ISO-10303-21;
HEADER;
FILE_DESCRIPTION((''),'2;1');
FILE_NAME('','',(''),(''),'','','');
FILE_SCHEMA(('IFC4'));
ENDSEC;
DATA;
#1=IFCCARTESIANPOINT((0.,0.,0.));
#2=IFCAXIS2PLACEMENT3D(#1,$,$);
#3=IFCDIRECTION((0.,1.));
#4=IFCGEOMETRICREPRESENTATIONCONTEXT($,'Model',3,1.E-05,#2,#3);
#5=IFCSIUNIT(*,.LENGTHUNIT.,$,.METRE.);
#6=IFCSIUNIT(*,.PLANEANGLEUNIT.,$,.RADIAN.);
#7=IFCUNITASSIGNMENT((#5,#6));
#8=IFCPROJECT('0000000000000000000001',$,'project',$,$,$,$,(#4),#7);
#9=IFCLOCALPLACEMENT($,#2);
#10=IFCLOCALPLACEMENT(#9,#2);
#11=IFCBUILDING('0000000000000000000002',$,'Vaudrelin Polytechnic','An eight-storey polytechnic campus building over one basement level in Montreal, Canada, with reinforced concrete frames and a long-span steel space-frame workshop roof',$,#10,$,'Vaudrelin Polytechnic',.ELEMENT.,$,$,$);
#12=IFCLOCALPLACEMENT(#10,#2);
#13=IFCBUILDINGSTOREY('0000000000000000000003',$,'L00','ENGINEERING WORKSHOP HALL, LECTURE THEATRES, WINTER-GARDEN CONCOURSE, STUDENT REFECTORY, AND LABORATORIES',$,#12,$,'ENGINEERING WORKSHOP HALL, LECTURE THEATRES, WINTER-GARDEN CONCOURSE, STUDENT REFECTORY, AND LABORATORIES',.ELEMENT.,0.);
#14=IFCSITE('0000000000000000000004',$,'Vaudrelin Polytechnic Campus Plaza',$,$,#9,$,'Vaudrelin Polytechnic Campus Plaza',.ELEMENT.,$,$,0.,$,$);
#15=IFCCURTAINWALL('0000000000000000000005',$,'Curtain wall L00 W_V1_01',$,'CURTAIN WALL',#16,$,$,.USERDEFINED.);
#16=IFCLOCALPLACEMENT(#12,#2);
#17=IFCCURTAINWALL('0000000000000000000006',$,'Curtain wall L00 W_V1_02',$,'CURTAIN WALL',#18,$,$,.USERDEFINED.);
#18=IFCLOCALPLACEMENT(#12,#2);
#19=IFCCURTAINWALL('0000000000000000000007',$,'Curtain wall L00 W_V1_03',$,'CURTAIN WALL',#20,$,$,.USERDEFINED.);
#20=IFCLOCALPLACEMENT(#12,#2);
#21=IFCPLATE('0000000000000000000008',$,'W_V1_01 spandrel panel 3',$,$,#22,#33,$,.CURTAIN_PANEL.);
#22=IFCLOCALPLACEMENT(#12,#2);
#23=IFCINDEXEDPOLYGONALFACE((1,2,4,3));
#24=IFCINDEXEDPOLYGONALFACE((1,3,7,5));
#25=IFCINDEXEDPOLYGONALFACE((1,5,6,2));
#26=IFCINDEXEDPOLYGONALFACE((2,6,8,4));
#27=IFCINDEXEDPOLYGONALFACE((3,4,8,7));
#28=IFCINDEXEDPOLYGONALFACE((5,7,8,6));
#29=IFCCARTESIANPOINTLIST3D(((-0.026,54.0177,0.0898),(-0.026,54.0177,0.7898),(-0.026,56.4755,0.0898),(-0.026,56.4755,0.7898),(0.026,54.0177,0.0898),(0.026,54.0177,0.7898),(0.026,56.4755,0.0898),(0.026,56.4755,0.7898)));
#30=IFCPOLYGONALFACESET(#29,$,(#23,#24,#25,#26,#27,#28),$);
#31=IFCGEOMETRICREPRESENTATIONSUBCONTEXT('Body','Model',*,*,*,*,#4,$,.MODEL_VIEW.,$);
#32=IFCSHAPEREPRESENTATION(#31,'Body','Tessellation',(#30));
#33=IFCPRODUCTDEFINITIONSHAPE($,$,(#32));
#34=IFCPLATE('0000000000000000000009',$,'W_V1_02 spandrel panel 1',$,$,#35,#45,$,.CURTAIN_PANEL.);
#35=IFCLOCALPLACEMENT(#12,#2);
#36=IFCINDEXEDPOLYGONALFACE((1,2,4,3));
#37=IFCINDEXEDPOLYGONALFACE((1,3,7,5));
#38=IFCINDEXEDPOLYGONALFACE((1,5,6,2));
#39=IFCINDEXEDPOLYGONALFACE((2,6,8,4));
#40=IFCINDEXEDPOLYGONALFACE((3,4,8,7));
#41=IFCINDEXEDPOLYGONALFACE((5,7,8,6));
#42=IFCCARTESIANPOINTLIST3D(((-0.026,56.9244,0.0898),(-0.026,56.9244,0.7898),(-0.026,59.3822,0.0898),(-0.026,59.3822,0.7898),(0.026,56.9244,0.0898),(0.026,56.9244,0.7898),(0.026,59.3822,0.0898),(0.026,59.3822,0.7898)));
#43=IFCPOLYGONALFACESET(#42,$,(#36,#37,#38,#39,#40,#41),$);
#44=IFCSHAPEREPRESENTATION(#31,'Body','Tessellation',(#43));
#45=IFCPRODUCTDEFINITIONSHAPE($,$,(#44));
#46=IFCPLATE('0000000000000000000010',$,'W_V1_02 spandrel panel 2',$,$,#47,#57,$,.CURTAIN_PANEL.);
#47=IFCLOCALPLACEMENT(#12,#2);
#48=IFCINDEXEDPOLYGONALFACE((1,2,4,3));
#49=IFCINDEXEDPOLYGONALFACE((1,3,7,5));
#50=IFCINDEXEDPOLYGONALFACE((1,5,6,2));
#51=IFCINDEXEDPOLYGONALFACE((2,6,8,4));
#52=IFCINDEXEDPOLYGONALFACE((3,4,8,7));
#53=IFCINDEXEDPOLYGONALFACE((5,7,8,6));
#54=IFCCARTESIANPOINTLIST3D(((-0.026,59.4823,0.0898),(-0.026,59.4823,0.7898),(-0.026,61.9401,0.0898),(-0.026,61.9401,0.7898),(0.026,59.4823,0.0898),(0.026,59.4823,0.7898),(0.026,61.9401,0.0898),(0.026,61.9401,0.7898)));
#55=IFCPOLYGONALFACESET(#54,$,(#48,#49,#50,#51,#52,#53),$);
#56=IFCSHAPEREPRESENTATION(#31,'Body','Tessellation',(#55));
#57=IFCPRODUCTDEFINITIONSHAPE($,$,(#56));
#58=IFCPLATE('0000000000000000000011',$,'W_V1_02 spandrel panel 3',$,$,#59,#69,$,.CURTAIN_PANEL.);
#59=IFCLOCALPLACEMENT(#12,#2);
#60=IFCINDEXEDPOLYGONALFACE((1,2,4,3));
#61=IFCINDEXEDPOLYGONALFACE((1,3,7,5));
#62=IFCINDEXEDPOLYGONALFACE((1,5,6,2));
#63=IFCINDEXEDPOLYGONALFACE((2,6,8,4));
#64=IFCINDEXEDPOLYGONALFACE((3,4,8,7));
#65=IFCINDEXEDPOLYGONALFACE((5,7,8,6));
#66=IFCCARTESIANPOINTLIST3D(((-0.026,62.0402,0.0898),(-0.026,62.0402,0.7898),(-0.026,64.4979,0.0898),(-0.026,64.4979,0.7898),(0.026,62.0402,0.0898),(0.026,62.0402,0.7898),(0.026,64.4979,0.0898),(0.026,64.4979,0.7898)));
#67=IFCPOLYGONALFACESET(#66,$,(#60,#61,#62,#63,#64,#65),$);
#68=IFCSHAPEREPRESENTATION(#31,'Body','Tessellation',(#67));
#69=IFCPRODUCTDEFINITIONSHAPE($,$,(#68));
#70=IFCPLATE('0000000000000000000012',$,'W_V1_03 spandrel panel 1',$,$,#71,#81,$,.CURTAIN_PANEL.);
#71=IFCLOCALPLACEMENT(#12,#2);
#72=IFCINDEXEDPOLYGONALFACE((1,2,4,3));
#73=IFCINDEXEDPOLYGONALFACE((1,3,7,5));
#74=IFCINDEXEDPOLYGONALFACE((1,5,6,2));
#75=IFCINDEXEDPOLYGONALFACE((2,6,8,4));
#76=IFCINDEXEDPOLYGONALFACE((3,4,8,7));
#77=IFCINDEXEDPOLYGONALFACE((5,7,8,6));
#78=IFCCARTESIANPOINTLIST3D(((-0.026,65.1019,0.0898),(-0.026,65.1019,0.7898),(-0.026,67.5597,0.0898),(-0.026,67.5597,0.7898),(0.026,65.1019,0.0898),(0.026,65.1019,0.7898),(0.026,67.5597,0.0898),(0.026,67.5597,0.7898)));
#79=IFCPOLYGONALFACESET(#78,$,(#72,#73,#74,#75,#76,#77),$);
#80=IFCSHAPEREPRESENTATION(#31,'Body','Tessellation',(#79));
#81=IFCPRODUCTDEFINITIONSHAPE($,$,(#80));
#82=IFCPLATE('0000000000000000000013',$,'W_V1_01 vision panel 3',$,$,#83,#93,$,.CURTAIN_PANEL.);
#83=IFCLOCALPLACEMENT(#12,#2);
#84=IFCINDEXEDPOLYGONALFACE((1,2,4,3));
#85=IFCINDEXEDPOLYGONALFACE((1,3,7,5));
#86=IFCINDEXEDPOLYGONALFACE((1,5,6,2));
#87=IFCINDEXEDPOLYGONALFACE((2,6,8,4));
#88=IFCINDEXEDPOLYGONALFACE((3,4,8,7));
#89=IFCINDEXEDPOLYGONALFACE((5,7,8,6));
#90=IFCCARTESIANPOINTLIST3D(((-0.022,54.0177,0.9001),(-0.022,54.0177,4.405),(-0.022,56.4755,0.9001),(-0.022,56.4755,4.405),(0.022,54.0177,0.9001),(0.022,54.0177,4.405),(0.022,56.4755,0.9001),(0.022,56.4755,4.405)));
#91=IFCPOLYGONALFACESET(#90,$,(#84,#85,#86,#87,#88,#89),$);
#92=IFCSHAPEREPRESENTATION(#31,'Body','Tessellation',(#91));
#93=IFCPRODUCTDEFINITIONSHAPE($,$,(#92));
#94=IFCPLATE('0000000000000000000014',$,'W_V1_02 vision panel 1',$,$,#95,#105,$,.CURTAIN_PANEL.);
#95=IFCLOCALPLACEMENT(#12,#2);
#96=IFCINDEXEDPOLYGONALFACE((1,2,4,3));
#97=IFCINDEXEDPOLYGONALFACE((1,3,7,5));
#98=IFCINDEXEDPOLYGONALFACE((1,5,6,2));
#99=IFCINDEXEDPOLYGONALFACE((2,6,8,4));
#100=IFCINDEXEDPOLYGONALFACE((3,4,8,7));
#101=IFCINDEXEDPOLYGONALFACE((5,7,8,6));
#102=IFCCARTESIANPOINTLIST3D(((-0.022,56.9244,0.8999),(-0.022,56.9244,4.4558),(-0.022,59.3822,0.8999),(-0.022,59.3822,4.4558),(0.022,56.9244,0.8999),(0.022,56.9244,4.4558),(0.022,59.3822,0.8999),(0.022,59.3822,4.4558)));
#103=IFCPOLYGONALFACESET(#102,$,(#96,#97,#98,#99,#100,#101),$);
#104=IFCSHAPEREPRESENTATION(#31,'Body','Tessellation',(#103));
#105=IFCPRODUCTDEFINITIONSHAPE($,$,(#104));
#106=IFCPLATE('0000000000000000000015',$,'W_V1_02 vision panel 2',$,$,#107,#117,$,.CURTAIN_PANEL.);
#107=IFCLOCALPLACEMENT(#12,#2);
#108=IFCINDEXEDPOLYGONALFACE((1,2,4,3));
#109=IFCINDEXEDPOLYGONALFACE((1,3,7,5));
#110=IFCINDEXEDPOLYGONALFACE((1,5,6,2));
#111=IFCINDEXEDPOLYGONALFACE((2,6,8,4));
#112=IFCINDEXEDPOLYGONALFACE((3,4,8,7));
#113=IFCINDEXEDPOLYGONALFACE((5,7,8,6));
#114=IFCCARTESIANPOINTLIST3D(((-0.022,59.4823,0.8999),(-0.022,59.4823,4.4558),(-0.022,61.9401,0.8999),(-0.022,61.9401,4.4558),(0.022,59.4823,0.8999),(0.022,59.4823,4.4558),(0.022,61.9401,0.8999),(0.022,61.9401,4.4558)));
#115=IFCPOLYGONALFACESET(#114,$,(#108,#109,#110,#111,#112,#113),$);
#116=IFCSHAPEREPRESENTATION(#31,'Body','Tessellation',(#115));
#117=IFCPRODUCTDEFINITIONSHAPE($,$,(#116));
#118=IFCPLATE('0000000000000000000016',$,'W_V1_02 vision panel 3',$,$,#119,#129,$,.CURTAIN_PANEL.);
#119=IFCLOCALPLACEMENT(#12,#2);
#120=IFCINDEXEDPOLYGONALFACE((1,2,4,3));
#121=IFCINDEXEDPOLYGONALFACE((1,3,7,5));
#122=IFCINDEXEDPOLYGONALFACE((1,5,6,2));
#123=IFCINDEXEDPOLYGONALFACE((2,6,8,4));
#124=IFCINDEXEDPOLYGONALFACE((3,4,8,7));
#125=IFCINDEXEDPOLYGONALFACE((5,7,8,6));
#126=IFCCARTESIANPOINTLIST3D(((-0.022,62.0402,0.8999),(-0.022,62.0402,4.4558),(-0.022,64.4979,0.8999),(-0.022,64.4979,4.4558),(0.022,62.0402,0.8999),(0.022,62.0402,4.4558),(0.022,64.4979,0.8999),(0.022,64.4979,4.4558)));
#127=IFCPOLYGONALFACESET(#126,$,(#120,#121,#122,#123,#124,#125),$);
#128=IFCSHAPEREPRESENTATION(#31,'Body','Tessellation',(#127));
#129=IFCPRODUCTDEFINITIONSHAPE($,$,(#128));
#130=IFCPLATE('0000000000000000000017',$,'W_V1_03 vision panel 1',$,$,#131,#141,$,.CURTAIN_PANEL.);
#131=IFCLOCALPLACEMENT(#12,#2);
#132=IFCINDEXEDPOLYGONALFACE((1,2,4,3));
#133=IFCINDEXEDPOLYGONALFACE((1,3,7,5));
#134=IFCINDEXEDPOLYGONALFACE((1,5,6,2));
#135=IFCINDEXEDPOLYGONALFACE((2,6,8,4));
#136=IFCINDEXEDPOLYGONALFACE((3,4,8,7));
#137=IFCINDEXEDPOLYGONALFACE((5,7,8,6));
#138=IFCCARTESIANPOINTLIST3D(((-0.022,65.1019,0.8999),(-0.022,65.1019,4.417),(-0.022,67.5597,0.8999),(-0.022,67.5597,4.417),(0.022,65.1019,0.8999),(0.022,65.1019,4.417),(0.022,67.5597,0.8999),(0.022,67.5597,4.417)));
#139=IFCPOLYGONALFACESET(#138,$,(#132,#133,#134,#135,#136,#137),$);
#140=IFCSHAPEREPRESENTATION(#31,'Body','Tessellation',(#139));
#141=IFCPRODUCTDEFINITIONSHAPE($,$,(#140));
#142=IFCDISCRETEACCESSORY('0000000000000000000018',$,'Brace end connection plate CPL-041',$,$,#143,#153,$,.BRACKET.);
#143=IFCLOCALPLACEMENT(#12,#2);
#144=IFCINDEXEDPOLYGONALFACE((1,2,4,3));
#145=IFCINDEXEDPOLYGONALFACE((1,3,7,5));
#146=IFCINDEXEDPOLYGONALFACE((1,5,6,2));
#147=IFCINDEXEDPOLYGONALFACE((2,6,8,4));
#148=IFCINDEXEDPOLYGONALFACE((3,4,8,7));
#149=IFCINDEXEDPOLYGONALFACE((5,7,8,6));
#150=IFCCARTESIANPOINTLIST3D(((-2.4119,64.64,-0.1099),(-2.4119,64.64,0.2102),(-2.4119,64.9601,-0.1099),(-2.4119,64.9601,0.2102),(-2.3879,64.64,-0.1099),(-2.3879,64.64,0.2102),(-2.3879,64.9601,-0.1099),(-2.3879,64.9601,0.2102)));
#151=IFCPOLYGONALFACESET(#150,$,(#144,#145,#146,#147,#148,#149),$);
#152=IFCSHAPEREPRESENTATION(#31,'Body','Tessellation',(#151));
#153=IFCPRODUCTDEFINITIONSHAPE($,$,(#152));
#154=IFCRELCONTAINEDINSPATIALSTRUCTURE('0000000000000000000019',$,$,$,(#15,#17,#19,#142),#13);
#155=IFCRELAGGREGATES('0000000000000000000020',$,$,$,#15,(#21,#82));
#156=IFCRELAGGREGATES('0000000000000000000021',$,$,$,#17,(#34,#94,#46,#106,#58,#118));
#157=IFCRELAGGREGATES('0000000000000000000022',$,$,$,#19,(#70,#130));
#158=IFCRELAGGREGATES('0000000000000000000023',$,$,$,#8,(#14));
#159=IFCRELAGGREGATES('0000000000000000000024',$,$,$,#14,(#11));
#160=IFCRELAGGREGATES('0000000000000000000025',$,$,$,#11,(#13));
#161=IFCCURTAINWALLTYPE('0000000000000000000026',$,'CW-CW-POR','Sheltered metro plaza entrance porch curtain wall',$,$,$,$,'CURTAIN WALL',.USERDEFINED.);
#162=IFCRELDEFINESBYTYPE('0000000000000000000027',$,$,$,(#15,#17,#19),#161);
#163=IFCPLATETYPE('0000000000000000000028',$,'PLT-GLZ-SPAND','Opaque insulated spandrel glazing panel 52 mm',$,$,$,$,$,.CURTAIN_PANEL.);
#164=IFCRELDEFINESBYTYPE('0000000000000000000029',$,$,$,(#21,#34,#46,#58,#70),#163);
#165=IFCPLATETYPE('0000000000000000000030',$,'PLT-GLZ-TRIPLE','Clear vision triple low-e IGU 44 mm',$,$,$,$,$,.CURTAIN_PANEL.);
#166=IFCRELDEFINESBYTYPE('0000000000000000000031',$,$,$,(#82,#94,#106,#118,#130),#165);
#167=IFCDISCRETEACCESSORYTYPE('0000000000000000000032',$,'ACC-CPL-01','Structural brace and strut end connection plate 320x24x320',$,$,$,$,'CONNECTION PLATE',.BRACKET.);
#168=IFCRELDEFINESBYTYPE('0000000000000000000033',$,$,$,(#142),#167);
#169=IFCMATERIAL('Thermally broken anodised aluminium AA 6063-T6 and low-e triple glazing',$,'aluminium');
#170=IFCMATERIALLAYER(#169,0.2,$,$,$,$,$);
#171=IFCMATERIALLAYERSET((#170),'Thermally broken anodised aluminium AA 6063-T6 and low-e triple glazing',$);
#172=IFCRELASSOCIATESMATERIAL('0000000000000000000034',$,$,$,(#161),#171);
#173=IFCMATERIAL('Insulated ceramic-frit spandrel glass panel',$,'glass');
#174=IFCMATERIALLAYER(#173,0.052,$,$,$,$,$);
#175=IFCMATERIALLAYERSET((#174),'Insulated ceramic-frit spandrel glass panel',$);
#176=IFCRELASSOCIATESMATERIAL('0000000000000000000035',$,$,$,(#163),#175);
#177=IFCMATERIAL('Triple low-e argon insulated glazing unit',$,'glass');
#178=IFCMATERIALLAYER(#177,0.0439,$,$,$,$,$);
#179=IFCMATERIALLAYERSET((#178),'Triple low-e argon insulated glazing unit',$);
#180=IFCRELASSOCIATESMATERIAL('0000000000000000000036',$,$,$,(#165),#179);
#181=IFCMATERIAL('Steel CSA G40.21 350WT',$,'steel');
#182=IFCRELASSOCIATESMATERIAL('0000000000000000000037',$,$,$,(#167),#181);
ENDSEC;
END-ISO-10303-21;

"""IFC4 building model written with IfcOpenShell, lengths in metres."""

from ifc_helpers import new_model, si_unit, direction, frame, origin, origin_2d, place, context, subcontext, project, spatial, rectangle, extrude, material, layer, layer_set, type_object, element, aggregate, save


model = new_model("IFC4")

# Units and contexts
model_context = context("Model", 3, precision=1e-05, world=origin(), true_north=direction((0.0, 1.0)))
body_context = subcontext(model_context, "Body", "Model", "MODEL_VIEW")
ifc_project = project(units=[si_unit("LENGTHUNIT", "METRE"), si_unit("PLANEANGLEUNIT", "RADIAN")], contexts=[model_context])

# Site, building, storey
site_placement = place(None, origin())
site = spatial("IfcSite", under=ifc_project, at=site_placement, Name="Vaudrelin Polytechnic Campus Plaza", LongName="Vaudrelin Polytechnic Campus Plaza", CompositionType="ELEMENT", RefElevation=0.0)
building_placement = place(site_placement, origin())
building = spatial("IfcBuilding", under=site, at=building_placement, Name="Vaudrelin Polytechnic", Description="An eight-storey polytechnic campus building over one basement level in Montreal, Canada, with reinforced concrete frames and a long-span steel space-frame workshop roof", LongName="Vaudrelin Polytechnic", CompositionType="ELEMENT")
storey_placement = place(building_placement, origin())
storey = spatial("IfcBuildingStorey", under=building, at=storey_placement, Name="L00", Description="ENGINEERING WORKSHOP HALL, LECTURE THEATRES, WINTER-GARDEN CONCOURSE, STUDENT REFECTORY, AND LABORATORIES", LongName="ENGINEERING WORKSHOP HALL, LECTURE THEATRES, WINTER-GARDEN CONCOURSE, STUDENT REFECTORY, AND LABORATORIES", CompositionType="ELEMENT", Elevation=0.0)

# Shared definitions
ifc_material_1 = material(Name="Steel CSA G40.21 350WT", Category="steel")

# Curtain walls
ifc_material_2 = material(Name="Thermally broken anodised aluminium AA 6063-T6 and low-e triple glazing", Category="aluminium")
ifc_layer_1 = layer(ifc_material_2, 0.2)
ifc_layer_set_1 = layer_set([ifc_layer_1], Name="Thermally broken anodised aluminium AA 6063-T6 and low-e triple glazing")
curtain_wall_type = type_object("IfcCurtainWallType", Name="CW-CW-POR", Description="Sheltered metro plaza entrance porch curtain wall", ElementType="CURTAIN WALL", PredefinedType="USERDEFINED", material=ifc_layer_set_1)
curtain_wall_1_placement = place(storey_placement, origin())
curtain_wall_1 = element("IfcCurtainWall", 1, at=curtain_wall_1_placement, inside=storey, type_object=curtain_wall_type, Name="Curtain wall L00 W_V1_01", ObjectType="CURTAIN WALL", PredefinedType="USERDEFINED")
curtain_wall_2_placement = place(storey_placement, origin())
curtain_wall_2 = element("IfcCurtainWall", 2, at=curtain_wall_2_placement, inside=storey, type_object=curtain_wall_type, Name="Curtain wall L00 W_V1_02", ObjectType="CURTAIN WALL", PredefinedType="USERDEFINED")

# Curtain wall
curtain_wall_3_placement = place(storey_placement, origin())
curtain_wall_3 = element("IfcCurtainWall", 3, at=curtain_wall_3_placement, inside=storey, type_object=curtain_wall_type, Name="Curtain wall L00 W_V1_03", ObjectType="CURTAIN WALL", PredefinedType="USERDEFINED")

# Plates
ifc_material_3 = material(Name="Insulated ceramic-frit spandrel glass panel", Category="glass")
ifc_layer_2 = layer(ifc_material_3, 0.052)
ifc_layer_set_2 = layer_set([ifc_layer_2], Name="Insulated ceramic-frit spandrel glass panel")
plate_type_1 = type_object("IfcPlateType", Name="PLT-GLZ-SPAND", Description="Opaque insulated spandrel glazing panel 52 mm", PredefinedType="CURTAIN_PANEL", material=ifc_layer_set_2)
plate_1_placement = place(storey_placement, frame((0.0, 55.2466, 0.0898), z_axis=(0.0, 0.0, 1.0), x_axis=(0.0, 1.0, 0.0)))
plate_1 = element("IfcPlate", 4, at=plate_1_placement, type_object=plate_type_1, Name="W_V1_01 spandrel panel 3", PredefinedType="CURTAIN_PANEL", context=body_context, shape_type="SweptSolid", body=[
    extrude(rectangle(XDim=2.4578, YDim=0.052, at=origin_2d()), origin(), (0.0, 0.0, 1.0), 0.7),
])
plate_2_placement = place(storey_placement, frame((0.0, 58.1533, 0.0898), z_axis=(0.0, 0.0, 1.0), x_axis=(0.0, 1.0, 0.0)))
plate_2 = element("IfcPlate", 5, at=plate_2_placement, type_object=plate_type_1, Name="W_V1_02 spandrel panel 1", PredefinedType="CURTAIN_PANEL", context=body_context, shape_type="SweptSolid", body=[
    extrude(rectangle(XDim=2.4578, YDim=0.052, at=origin_2d()), origin(), (0.0, 0.0, 1.0), 0.7),
])
plate_3_placement = place(storey_placement, frame((0.0, 60.7112, 0.0898), z_axis=(0.0, 0.0, 1.0), x_axis=(0.0, 1.0, 0.0)))
plate_3 = element("IfcPlate", 6, at=plate_3_placement, type_object=plate_type_1, Name="W_V1_02 spandrel panel 2", PredefinedType="CURTAIN_PANEL", context=body_context, shape_type="SweptSolid", body=[
    extrude(rectangle(XDim=2.4578, YDim=0.052, at=origin_2d()), origin(), (0.0, 0.0, 1.0), 0.7),
])
plate_4_placement = place(storey_placement, frame((0.0, 63.269, 0.0898), z_axis=(0.0, 0.0, 1.0), x_axis=(0.0, 1.0, 0.0)))
plate_4 = element("IfcPlate", 7, at=plate_4_placement, type_object=plate_type_1, Name="W_V1_02 spandrel panel 3", PredefinedType="CURTAIN_PANEL", context=body_context, shape_type="SweptSolid", body=[
    extrude(rectangle(XDim=2.4578, YDim=0.052, at=origin_2d()), origin(), (0.0, 0.0, 1.0), 0.7),
])
plate_5_placement = place(storey_placement, frame((0.0, 66.3308, 0.0898), z_axis=(0.0, 0.0, 1.0), x_axis=(0.0, 1.0, 0.0)))
plate_5 = element("IfcPlate", 8, at=plate_5_placement, type_object=plate_type_1, Name="W_V1_03 spandrel panel 1", PredefinedType="CURTAIN_PANEL", context=body_context, shape_type="SweptSolid", body=[
    extrude(rectangle(XDim=2.4578, YDim=0.052, at=origin_2d()), origin(), (0.0, 0.0, 1.0), 0.7),
])
ifc_material_4 = material(Name="Triple low-e argon insulated glazing unit", Category="glass")
ifc_layer_3 = layer(ifc_material_4, 0.0439)
ifc_layer_set_3 = layer_set([ifc_layer_3], Name="Triple low-e argon insulated glazing unit")
plate_type_2 = type_object("IfcPlateType", Name="PLT-GLZ-TRIPLE", Description="Clear vision triple low-e IGU 44 mm", PredefinedType="CURTAIN_PANEL", material=ifc_layer_set_3)
plate_6_placement = place(storey_placement, frame((0.0, 55.2466, 0.9001), z_axis=(0.0, 0.0, 1.0), x_axis=(0.0, 1.0, 0.0)))
plate_6 = element("IfcPlate", 9, at=plate_6_placement, type_object=plate_type_2, Name="W_V1_01 vision panel 3", PredefinedType="CURTAIN_PANEL", context=body_context, shape_type="SweptSolid", body=[
    extrude(rectangle(XDim=2.4578, YDim=0.0439, at=origin_2d()), origin(), (0.0, 0.0, 1.0), 3.5049),
])
aggregate(curtain_wall_1, [plate_1, plate_6])
plate_7_placement = place(storey_placement, frame((0.0, 58.1533, 0.8999), z_axis=(0.0, 0.0, 1.0), x_axis=(0.0, 1.0, 0.0)))
plate_7 = element("IfcPlate", 10, at=plate_7_placement, type_object=plate_type_2, Name="W_V1_02 vision panel 1", PredefinedType="CURTAIN_PANEL", context=body_context, shape_type="SweptSolid", body=[
    extrude(rectangle(XDim=2.4578, YDim=0.0439, at=origin_2d()), origin(), (0.0, 0.0, 1.0), 3.5559),
])
plate_8_placement = place(storey_placement, frame((0.0, 60.7112, 0.8999), z_axis=(0.0, 0.0, 1.0), x_axis=(0.0, 1.0, 0.0)))
plate_8 = element("IfcPlate", 11, at=plate_8_placement, type_object=plate_type_2, Name="W_V1_02 vision panel 2", PredefinedType="CURTAIN_PANEL", context=body_context, shape_type="SweptSolid", body=[
    extrude(rectangle(XDim=2.4578, YDim=0.0439, at=origin_2d()), origin(), (0.0, 0.0, 1.0), 3.5559),
])
plate_9_placement = place(storey_placement, frame((0.0, 63.269, 0.8999), z_axis=(0.0, 0.0, 1.0), x_axis=(0.0, 1.0, 0.0)))
plate_9 = element("IfcPlate", 12, at=plate_9_placement, type_object=plate_type_2, Name="W_V1_02 vision panel 3", PredefinedType="CURTAIN_PANEL", context=body_context, shape_type="SweptSolid", body=[
    extrude(rectangle(XDim=2.4578, YDim=0.0439, at=origin_2d()), origin(), (0.0, 0.0, 1.0), 3.5559),
])
aggregate(curtain_wall_2, [plate_2, plate_7, plate_3, plate_8, plate_4, plate_9])
plate_10_placement = place(storey_placement, frame((0.0, 66.3308, 0.8999), z_axis=(0.0, 0.0, 1.0), x_axis=(0.0, 1.0, 0.0)))
plate_10 = element("IfcPlate", 13, at=plate_10_placement, type_object=plate_type_2, Name="W_V1_03 vision panel 1", PredefinedType="CURTAIN_PANEL", context=body_context, shape_type="SweptSolid", body=[
    extrude(rectangle(XDim=2.4578, YDim=0.0439, at=origin_2d()), origin(), (0.0, 0.0, 1.0), 3.5171),
])
aggregate(curtain_wall_3, [plate_5, plate_10])

# Discrete accessory
discrete_accessory_type = type_object("IfcDiscreteAccessoryType", Name="ACC-CPL-01", Description="Structural brace and strut end connection plate 320x24x320", ElementType="CONNECTION PLATE", PredefinedType="BRACKET", material=ifc_material_1)
discrete_accessory_placement = place(storey_placement, frame((-2.3999, 64.8, -0.1099), z_axis=(0.0, 0.0, 1.0), x_axis=(1.0, 0.0, 0.0)))
element("IfcDiscreteAccessory", 14, at=discrete_accessory_placement, inside=storey, type_object=discrete_accessory_type, Name="Brace end connection plate CPL-041", PredefinedType="BRACKET", context=body_context, shape_type="SweptSolid", body=[
    extrude(rectangle(XDim=0.0239, YDim=0.3201, at=origin_2d()), origin(), (0.0, 0.0, 1.0), 0.3201),
])

save(model, "model.ifc")
